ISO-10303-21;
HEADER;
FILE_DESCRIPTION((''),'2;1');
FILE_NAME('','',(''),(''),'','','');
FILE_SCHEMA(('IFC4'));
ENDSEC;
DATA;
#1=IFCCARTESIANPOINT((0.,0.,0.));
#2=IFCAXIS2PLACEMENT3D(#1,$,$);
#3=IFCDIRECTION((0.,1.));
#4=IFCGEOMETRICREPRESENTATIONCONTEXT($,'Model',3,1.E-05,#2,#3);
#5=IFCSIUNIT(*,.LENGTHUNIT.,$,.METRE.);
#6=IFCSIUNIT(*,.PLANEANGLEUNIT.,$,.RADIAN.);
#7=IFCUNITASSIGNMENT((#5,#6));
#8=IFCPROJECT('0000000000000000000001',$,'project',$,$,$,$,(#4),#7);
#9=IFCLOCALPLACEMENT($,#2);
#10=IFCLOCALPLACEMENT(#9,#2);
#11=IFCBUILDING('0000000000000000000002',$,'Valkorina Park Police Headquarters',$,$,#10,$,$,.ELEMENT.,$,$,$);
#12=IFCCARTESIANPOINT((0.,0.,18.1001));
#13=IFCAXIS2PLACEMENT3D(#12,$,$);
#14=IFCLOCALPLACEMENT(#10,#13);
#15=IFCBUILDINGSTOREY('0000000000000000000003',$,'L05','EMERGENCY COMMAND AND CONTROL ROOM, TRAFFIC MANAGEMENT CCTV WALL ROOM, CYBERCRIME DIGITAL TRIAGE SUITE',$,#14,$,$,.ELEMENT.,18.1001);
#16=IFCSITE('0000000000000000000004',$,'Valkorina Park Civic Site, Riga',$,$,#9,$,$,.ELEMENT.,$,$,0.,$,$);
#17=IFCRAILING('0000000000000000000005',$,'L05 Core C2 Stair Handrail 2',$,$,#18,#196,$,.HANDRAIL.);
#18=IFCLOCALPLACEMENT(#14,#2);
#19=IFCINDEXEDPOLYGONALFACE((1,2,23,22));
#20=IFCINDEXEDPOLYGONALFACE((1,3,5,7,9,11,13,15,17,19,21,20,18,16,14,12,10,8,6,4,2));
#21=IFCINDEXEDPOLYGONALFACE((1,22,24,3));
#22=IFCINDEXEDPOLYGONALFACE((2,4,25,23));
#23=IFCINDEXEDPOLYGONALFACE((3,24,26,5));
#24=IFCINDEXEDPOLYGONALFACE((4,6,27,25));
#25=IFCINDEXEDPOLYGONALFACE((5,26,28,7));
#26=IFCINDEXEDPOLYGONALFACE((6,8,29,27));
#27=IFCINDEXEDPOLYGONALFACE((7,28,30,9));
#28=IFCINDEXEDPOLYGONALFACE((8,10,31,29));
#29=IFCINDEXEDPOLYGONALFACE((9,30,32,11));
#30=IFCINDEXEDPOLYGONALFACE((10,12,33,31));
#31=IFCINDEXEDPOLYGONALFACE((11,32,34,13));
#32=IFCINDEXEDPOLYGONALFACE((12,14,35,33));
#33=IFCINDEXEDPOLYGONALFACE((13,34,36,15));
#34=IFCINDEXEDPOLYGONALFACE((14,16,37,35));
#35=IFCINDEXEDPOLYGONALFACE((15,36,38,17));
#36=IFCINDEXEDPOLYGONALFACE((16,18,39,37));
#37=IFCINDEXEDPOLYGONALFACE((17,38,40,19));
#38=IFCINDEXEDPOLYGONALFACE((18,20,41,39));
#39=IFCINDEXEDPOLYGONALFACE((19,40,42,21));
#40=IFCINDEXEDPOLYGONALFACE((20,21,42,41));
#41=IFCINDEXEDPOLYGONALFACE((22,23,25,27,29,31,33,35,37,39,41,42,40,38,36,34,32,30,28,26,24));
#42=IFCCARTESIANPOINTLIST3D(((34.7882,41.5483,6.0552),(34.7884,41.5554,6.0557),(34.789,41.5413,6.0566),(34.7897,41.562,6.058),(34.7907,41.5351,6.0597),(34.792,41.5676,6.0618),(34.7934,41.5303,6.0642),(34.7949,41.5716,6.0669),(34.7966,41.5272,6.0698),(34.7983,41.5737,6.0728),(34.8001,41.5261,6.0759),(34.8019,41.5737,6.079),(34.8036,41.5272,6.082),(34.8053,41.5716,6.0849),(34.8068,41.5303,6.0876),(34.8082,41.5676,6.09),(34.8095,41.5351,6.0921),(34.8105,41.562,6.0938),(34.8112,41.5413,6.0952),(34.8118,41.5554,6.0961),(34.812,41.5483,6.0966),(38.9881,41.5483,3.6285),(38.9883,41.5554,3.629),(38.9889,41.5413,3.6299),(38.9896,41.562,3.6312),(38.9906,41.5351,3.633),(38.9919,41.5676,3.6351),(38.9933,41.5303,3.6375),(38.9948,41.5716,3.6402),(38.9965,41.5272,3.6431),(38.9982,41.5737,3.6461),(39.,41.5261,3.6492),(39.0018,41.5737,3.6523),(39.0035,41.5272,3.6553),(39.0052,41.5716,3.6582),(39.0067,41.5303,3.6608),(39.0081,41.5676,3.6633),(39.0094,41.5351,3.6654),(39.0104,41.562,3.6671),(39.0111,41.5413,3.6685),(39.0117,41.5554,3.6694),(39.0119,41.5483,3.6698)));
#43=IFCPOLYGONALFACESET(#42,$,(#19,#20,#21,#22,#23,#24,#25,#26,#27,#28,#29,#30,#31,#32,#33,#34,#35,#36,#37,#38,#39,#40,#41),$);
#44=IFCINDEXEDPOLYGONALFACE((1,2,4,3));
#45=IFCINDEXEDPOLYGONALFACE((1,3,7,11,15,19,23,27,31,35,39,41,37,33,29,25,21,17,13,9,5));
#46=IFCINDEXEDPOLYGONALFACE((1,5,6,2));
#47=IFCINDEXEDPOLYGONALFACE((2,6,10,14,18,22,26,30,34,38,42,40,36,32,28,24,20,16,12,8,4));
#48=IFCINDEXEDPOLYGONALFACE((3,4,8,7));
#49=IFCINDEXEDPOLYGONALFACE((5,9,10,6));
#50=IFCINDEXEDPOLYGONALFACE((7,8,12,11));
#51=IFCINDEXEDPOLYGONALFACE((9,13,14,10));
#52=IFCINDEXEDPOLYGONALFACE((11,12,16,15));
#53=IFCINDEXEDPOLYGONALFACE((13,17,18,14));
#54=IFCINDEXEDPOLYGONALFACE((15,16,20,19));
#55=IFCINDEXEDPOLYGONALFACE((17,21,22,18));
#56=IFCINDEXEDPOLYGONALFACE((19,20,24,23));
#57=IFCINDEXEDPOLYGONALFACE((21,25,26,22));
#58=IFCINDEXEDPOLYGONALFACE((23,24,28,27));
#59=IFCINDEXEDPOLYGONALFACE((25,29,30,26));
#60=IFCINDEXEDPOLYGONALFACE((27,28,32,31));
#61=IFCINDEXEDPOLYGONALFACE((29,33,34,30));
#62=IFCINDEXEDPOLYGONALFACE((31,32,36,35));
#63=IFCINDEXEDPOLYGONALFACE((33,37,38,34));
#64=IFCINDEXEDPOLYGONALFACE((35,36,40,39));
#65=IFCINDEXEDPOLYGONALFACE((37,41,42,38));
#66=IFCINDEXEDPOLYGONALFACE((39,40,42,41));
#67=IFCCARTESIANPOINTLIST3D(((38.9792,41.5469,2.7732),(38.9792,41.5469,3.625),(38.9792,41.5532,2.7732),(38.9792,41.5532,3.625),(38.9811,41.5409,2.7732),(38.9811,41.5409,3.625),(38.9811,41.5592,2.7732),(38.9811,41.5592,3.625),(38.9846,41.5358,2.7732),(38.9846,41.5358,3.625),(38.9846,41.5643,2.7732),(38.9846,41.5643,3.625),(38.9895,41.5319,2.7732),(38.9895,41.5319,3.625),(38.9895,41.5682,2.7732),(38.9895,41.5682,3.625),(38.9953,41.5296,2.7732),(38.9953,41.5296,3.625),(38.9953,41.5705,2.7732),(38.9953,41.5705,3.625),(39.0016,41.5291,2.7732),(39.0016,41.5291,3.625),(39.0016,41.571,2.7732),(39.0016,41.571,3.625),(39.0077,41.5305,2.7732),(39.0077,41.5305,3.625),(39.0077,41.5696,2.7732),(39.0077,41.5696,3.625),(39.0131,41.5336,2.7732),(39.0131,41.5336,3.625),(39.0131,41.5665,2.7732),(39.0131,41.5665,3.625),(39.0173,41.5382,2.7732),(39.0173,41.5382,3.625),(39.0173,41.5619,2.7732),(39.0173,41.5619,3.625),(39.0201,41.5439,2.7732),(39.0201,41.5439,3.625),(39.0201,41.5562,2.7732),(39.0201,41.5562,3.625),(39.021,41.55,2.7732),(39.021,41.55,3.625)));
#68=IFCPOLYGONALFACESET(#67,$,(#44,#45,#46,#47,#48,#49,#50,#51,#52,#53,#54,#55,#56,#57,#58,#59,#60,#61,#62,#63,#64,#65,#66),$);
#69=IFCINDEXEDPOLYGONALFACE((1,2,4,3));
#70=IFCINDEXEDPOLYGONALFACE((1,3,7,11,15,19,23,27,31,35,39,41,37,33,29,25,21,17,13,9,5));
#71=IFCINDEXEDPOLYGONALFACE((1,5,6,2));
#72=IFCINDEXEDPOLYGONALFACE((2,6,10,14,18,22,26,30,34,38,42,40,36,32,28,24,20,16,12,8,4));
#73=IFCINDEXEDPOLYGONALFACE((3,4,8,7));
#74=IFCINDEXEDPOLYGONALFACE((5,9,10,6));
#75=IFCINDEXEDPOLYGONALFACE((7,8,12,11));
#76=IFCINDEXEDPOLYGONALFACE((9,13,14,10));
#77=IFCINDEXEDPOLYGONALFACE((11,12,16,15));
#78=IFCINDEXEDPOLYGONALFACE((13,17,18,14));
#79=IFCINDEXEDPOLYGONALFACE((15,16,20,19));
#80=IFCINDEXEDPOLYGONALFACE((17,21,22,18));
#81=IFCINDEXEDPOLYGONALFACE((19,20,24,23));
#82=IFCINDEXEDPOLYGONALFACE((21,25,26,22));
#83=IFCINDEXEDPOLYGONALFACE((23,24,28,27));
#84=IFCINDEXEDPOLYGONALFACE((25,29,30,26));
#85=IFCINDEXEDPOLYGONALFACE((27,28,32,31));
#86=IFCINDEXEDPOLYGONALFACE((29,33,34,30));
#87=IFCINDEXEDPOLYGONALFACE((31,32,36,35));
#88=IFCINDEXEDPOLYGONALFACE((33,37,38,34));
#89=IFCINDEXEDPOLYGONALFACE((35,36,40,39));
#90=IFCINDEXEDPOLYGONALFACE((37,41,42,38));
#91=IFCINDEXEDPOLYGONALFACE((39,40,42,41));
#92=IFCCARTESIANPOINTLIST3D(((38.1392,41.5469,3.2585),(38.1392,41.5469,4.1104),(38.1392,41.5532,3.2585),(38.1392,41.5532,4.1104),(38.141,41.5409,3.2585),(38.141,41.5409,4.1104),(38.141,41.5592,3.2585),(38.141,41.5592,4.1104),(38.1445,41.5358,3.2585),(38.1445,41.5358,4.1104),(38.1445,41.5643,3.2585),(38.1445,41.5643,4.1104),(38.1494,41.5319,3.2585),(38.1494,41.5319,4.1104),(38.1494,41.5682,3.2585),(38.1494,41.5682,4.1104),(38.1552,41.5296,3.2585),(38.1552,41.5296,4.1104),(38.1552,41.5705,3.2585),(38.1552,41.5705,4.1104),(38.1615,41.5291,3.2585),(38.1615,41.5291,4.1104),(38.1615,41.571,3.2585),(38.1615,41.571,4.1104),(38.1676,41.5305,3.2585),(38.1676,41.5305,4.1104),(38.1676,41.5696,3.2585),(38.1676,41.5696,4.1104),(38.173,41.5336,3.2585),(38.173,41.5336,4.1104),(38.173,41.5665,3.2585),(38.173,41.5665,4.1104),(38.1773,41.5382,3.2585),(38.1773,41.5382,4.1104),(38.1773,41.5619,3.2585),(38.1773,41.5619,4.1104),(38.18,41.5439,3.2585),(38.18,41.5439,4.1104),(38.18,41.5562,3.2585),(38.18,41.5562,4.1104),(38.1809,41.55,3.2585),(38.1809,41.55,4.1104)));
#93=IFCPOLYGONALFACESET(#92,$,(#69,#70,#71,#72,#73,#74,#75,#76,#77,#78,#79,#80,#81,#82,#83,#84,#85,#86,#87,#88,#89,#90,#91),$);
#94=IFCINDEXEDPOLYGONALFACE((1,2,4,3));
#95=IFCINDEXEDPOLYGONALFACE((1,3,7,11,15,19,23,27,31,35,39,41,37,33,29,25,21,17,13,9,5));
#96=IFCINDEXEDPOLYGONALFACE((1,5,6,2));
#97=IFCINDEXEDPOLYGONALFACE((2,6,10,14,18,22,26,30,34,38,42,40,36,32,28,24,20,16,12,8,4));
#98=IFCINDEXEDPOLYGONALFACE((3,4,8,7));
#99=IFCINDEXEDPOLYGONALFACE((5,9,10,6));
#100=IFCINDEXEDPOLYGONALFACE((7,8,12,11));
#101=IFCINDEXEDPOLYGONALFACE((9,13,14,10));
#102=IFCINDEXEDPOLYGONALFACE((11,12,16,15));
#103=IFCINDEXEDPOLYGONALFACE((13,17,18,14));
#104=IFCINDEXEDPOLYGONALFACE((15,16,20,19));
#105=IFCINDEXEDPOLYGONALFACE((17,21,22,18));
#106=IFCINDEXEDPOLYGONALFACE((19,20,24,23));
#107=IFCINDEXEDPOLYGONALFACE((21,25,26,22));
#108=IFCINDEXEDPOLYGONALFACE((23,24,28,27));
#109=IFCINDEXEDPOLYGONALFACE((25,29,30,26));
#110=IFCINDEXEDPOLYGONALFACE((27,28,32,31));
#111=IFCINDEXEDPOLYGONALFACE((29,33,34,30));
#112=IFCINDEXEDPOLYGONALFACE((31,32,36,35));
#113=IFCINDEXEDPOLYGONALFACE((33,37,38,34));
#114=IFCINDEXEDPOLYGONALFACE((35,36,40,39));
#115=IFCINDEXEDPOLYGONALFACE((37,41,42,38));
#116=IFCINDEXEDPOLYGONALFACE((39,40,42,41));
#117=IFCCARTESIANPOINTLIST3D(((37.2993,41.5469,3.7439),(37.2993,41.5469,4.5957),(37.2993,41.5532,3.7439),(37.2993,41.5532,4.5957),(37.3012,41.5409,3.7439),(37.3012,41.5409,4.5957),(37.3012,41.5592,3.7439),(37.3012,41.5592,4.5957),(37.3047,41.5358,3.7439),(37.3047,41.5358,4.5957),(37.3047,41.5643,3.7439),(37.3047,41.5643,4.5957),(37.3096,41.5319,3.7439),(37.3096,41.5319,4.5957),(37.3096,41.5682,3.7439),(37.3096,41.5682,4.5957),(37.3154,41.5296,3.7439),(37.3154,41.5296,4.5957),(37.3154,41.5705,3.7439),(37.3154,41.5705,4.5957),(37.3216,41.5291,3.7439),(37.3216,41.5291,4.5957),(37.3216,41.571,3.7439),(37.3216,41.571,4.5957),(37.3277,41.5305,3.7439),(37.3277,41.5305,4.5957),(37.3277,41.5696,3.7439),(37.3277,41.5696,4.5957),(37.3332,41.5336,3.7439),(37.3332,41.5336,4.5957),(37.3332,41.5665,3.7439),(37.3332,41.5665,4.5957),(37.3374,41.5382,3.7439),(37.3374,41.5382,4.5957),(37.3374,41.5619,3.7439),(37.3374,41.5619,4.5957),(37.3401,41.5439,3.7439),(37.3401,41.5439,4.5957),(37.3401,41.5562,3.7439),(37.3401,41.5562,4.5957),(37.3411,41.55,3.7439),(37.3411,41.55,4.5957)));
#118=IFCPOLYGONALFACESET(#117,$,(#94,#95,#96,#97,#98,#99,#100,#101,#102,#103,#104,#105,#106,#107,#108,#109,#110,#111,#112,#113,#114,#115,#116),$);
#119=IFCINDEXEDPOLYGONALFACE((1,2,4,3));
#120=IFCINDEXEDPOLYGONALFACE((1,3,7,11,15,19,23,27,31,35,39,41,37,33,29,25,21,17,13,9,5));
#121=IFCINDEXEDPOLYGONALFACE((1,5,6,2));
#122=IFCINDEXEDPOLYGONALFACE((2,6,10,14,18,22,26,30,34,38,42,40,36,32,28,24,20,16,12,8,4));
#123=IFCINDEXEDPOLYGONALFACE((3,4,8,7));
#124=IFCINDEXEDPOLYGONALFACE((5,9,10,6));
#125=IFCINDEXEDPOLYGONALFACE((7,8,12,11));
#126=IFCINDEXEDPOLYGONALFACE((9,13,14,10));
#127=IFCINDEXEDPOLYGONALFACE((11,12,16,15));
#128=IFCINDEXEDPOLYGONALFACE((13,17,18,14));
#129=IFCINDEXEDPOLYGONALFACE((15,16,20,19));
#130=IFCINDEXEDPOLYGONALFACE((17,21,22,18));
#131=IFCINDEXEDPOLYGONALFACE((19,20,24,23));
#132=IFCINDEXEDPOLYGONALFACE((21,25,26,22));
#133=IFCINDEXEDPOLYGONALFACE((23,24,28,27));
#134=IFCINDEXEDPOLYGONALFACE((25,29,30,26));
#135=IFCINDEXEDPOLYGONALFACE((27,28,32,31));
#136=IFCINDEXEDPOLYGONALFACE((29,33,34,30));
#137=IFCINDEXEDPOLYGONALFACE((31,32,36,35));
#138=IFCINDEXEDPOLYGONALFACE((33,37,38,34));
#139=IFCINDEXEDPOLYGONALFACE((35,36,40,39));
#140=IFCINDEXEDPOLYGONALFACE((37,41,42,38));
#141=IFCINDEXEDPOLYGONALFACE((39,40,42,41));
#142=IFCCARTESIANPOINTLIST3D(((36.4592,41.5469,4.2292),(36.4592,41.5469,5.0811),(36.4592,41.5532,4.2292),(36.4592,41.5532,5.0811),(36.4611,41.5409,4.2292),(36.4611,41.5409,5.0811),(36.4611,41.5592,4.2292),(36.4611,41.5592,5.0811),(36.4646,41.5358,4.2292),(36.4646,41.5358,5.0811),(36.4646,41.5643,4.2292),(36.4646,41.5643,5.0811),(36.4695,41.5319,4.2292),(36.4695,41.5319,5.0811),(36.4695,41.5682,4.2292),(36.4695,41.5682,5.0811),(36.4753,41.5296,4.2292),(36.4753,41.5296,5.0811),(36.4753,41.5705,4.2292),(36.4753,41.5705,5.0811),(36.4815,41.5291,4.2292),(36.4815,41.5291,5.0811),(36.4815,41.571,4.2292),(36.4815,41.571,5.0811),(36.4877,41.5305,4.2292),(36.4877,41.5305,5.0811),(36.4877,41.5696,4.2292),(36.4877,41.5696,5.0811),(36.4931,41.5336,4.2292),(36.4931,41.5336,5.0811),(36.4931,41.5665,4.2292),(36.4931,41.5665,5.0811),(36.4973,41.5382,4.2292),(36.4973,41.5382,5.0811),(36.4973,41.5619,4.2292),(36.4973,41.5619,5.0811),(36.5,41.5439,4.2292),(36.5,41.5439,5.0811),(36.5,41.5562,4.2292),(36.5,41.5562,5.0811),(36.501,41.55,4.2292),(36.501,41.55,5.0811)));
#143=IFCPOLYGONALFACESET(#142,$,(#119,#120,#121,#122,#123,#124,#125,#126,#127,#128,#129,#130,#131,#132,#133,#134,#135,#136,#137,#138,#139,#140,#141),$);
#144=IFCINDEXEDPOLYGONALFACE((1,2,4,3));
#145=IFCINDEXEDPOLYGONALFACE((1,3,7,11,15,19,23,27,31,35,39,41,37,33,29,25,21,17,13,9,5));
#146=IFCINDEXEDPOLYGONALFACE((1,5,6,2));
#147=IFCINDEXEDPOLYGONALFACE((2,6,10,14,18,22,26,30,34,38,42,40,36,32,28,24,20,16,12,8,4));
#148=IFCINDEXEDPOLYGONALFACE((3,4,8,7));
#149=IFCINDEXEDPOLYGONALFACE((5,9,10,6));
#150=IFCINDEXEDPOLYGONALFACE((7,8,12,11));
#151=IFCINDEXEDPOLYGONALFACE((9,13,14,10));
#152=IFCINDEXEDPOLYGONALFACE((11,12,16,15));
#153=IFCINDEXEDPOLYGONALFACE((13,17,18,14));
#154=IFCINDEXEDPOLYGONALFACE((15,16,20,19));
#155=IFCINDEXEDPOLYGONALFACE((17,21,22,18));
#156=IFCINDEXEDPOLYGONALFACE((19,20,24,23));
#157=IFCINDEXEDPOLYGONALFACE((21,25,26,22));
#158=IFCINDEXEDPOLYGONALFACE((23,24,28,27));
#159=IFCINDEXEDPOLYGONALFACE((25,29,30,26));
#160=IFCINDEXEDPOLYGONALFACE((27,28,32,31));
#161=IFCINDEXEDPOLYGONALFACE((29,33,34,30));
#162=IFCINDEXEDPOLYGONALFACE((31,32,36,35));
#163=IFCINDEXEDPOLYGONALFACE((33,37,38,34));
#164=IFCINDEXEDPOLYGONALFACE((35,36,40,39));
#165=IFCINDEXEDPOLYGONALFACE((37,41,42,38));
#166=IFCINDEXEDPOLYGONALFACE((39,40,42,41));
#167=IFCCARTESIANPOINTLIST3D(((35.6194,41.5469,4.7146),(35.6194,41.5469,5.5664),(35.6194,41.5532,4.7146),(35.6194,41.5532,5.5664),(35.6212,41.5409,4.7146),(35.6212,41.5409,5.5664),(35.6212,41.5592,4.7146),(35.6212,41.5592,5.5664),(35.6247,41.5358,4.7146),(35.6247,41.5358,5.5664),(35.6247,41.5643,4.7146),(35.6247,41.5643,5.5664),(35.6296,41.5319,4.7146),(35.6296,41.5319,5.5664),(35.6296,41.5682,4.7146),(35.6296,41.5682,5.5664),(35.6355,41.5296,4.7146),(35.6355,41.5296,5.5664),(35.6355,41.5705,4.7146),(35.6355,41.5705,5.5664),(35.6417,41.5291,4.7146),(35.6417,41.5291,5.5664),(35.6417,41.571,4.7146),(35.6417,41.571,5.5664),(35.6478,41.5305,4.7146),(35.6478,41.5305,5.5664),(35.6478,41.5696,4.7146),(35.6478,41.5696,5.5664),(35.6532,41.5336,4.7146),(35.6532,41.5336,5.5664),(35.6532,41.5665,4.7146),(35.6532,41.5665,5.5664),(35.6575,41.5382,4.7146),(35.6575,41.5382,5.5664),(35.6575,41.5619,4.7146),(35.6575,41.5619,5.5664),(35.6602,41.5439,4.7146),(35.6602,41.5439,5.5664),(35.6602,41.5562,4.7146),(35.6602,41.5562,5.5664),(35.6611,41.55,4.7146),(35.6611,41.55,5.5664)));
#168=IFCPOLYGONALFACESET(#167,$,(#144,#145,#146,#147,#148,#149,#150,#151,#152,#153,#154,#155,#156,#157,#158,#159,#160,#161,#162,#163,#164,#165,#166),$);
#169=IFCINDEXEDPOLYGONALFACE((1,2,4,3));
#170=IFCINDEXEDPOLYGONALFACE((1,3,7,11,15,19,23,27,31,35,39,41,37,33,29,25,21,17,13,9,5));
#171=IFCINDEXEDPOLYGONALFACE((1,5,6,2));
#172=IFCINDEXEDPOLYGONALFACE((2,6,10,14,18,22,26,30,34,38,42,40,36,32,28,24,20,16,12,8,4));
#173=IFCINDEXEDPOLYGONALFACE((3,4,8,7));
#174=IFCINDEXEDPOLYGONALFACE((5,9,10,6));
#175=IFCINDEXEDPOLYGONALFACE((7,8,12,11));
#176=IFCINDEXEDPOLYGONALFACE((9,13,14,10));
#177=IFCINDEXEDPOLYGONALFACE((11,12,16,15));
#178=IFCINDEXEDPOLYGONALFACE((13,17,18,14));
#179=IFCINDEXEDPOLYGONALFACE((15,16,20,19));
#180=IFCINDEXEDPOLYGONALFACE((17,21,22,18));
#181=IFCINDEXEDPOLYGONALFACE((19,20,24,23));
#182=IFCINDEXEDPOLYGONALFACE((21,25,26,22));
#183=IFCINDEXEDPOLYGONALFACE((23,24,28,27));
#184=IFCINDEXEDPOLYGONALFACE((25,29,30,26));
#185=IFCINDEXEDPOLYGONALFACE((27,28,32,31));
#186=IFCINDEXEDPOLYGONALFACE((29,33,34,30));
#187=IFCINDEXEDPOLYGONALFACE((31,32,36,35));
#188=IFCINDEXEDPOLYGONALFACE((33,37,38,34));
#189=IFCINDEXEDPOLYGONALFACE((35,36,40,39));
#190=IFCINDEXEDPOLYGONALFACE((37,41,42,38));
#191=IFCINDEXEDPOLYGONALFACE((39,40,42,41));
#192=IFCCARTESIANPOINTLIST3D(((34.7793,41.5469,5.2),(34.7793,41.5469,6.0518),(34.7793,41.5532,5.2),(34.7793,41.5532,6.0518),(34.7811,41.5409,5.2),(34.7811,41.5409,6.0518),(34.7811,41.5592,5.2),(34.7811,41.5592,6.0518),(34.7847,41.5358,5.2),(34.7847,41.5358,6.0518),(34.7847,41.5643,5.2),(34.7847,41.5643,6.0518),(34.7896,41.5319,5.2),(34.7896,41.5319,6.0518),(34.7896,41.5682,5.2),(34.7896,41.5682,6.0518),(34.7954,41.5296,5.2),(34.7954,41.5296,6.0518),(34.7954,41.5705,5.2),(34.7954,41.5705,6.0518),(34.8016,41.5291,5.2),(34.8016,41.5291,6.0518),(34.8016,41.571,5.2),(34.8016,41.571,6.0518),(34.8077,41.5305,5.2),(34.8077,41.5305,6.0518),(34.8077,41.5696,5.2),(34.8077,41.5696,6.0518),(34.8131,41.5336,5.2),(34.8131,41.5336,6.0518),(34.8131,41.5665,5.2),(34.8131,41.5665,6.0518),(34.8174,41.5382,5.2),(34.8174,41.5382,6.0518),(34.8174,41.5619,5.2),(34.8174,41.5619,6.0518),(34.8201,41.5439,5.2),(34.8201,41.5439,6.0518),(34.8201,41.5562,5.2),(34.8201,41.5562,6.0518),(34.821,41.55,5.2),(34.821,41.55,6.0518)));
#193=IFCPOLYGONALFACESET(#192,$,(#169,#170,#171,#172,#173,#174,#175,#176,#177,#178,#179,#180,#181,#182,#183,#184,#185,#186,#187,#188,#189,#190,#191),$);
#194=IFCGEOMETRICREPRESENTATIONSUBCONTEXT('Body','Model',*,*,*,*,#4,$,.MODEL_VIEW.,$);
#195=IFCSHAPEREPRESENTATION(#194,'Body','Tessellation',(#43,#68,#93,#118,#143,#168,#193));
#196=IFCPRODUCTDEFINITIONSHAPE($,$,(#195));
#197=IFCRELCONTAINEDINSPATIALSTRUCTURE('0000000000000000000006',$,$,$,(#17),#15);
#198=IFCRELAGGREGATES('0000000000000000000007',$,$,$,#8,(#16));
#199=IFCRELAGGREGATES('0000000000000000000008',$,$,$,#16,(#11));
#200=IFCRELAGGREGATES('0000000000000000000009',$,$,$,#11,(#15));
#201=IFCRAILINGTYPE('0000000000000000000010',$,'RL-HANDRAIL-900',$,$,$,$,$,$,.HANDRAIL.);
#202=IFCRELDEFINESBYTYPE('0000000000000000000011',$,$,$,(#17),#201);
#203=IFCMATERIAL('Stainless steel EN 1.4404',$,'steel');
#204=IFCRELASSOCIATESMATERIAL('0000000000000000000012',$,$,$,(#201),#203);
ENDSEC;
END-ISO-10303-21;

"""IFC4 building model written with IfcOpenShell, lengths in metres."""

from ifc_helpers import new_model, si_unit, direction, frame, origin, origin_2d, place, context, subcontext, project, spatial, circle, extrude, material, type_object, element, save


model = new_model("IFC4")

# Units and contexts
model_context = context("Model", 3, precision=1e-05, world=origin(), true_north=direction((0.0, 1.0)))
body_context = subcontext(model_context, "Body", "Model", "MODEL_VIEW")
ifc_project = project(units=[si_unit("LENGTHUNIT", "METRE"), si_unit("PLANEANGLEUNIT", "RADIAN")], contexts=[model_context])

# Site, building, storey
site_placement = place(None, origin())
site = spatial("IfcSite", under=ifc_project, at=site_placement, Name="Valkorina Park Civic Site, Riga", CompositionType="ELEMENT", RefElevation=0.0)
building_placement = place(site_placement, origin())
building = spatial("IfcBuilding", under=site, at=building_placement, Name="Valkorina Park Police Headquarters", CompositionType="ELEMENT")
storey_placement = place(building_placement, frame((0.0, 0.0, 18.1001)))
storey = spatial("IfcBuildingStorey", under=building, at=storey_placement, Name="L05", Description="EMERGENCY COMMAND AND CONTROL ROOM, TRAFFIC MANAGEMENT CCTV WALL ROOM, CYBERCRIME DIGITAL TRIAGE SUITE", CompositionType="ELEMENT", Elevation=18.1001)

# Railing
ifc_material_1 = material(Name="Stainless steel EN 1.4404", Category="steel")
railing_type_1 = type_object("IfcRailingType", Name="RL-HANDRAIL-900", PredefinedType="HANDRAIL", material=ifc_material_1)
railing_1_placement = place(storey_placement, frame((39.0, 41.55, 2.7732)))
element("IfcRailing", 1, at=railing_1_placement, inside=storey, type_object=railing_type_1, Name="L05 Core C2 Stair Handrail 2", PredefinedType="HANDRAIL", context=body_context, shape_type="SweptSolid", body=[
    extrude(circle(Radius=0.0239, at=origin_2d()), frame((0.0, 0.0, 0.876), z_axis=(-0.865854, 0.0, 0.500296), x_axis=(0.0, -1.0, 0.0)), (0.0, 0.0, 1.0), 4.8506),
    extrude(circle(Radius=0.021, at=origin_2d()), origin(), (0.0, 0.0, 1.0), 0.8518),
    extrude(circle(Radius=0.021, at=origin_2d()), frame((-0.8401, 0.0, 0.4854)), (0.0, 0.0, 1.0), 0.8518),
    extrude(circle(Radius=0.021, at=origin_2d()), frame((-1.6799, 0.0, 0.9707)), (0.0, 0.0, 1.0), 0.8518),
    extrude(circle(Radius=0.021, at=origin_2d()), frame((-2.52, 0.0, 1.4561)), (0.0, 0.0, 1.0), 0.8518),
    extrude(circle(Radius=0.021, at=origin_2d()), frame((-3.3599, 0.0, 1.9414)), (0.0, 0.0, 1.0), 0.8518),
    extrude(circle(Radius=0.021, at=origin_2d()), frame((-4.2, 0.0, 2.4268)), (0.0, 0.0, 1.0), 0.8518),
])

save(model, "model.ifc")
